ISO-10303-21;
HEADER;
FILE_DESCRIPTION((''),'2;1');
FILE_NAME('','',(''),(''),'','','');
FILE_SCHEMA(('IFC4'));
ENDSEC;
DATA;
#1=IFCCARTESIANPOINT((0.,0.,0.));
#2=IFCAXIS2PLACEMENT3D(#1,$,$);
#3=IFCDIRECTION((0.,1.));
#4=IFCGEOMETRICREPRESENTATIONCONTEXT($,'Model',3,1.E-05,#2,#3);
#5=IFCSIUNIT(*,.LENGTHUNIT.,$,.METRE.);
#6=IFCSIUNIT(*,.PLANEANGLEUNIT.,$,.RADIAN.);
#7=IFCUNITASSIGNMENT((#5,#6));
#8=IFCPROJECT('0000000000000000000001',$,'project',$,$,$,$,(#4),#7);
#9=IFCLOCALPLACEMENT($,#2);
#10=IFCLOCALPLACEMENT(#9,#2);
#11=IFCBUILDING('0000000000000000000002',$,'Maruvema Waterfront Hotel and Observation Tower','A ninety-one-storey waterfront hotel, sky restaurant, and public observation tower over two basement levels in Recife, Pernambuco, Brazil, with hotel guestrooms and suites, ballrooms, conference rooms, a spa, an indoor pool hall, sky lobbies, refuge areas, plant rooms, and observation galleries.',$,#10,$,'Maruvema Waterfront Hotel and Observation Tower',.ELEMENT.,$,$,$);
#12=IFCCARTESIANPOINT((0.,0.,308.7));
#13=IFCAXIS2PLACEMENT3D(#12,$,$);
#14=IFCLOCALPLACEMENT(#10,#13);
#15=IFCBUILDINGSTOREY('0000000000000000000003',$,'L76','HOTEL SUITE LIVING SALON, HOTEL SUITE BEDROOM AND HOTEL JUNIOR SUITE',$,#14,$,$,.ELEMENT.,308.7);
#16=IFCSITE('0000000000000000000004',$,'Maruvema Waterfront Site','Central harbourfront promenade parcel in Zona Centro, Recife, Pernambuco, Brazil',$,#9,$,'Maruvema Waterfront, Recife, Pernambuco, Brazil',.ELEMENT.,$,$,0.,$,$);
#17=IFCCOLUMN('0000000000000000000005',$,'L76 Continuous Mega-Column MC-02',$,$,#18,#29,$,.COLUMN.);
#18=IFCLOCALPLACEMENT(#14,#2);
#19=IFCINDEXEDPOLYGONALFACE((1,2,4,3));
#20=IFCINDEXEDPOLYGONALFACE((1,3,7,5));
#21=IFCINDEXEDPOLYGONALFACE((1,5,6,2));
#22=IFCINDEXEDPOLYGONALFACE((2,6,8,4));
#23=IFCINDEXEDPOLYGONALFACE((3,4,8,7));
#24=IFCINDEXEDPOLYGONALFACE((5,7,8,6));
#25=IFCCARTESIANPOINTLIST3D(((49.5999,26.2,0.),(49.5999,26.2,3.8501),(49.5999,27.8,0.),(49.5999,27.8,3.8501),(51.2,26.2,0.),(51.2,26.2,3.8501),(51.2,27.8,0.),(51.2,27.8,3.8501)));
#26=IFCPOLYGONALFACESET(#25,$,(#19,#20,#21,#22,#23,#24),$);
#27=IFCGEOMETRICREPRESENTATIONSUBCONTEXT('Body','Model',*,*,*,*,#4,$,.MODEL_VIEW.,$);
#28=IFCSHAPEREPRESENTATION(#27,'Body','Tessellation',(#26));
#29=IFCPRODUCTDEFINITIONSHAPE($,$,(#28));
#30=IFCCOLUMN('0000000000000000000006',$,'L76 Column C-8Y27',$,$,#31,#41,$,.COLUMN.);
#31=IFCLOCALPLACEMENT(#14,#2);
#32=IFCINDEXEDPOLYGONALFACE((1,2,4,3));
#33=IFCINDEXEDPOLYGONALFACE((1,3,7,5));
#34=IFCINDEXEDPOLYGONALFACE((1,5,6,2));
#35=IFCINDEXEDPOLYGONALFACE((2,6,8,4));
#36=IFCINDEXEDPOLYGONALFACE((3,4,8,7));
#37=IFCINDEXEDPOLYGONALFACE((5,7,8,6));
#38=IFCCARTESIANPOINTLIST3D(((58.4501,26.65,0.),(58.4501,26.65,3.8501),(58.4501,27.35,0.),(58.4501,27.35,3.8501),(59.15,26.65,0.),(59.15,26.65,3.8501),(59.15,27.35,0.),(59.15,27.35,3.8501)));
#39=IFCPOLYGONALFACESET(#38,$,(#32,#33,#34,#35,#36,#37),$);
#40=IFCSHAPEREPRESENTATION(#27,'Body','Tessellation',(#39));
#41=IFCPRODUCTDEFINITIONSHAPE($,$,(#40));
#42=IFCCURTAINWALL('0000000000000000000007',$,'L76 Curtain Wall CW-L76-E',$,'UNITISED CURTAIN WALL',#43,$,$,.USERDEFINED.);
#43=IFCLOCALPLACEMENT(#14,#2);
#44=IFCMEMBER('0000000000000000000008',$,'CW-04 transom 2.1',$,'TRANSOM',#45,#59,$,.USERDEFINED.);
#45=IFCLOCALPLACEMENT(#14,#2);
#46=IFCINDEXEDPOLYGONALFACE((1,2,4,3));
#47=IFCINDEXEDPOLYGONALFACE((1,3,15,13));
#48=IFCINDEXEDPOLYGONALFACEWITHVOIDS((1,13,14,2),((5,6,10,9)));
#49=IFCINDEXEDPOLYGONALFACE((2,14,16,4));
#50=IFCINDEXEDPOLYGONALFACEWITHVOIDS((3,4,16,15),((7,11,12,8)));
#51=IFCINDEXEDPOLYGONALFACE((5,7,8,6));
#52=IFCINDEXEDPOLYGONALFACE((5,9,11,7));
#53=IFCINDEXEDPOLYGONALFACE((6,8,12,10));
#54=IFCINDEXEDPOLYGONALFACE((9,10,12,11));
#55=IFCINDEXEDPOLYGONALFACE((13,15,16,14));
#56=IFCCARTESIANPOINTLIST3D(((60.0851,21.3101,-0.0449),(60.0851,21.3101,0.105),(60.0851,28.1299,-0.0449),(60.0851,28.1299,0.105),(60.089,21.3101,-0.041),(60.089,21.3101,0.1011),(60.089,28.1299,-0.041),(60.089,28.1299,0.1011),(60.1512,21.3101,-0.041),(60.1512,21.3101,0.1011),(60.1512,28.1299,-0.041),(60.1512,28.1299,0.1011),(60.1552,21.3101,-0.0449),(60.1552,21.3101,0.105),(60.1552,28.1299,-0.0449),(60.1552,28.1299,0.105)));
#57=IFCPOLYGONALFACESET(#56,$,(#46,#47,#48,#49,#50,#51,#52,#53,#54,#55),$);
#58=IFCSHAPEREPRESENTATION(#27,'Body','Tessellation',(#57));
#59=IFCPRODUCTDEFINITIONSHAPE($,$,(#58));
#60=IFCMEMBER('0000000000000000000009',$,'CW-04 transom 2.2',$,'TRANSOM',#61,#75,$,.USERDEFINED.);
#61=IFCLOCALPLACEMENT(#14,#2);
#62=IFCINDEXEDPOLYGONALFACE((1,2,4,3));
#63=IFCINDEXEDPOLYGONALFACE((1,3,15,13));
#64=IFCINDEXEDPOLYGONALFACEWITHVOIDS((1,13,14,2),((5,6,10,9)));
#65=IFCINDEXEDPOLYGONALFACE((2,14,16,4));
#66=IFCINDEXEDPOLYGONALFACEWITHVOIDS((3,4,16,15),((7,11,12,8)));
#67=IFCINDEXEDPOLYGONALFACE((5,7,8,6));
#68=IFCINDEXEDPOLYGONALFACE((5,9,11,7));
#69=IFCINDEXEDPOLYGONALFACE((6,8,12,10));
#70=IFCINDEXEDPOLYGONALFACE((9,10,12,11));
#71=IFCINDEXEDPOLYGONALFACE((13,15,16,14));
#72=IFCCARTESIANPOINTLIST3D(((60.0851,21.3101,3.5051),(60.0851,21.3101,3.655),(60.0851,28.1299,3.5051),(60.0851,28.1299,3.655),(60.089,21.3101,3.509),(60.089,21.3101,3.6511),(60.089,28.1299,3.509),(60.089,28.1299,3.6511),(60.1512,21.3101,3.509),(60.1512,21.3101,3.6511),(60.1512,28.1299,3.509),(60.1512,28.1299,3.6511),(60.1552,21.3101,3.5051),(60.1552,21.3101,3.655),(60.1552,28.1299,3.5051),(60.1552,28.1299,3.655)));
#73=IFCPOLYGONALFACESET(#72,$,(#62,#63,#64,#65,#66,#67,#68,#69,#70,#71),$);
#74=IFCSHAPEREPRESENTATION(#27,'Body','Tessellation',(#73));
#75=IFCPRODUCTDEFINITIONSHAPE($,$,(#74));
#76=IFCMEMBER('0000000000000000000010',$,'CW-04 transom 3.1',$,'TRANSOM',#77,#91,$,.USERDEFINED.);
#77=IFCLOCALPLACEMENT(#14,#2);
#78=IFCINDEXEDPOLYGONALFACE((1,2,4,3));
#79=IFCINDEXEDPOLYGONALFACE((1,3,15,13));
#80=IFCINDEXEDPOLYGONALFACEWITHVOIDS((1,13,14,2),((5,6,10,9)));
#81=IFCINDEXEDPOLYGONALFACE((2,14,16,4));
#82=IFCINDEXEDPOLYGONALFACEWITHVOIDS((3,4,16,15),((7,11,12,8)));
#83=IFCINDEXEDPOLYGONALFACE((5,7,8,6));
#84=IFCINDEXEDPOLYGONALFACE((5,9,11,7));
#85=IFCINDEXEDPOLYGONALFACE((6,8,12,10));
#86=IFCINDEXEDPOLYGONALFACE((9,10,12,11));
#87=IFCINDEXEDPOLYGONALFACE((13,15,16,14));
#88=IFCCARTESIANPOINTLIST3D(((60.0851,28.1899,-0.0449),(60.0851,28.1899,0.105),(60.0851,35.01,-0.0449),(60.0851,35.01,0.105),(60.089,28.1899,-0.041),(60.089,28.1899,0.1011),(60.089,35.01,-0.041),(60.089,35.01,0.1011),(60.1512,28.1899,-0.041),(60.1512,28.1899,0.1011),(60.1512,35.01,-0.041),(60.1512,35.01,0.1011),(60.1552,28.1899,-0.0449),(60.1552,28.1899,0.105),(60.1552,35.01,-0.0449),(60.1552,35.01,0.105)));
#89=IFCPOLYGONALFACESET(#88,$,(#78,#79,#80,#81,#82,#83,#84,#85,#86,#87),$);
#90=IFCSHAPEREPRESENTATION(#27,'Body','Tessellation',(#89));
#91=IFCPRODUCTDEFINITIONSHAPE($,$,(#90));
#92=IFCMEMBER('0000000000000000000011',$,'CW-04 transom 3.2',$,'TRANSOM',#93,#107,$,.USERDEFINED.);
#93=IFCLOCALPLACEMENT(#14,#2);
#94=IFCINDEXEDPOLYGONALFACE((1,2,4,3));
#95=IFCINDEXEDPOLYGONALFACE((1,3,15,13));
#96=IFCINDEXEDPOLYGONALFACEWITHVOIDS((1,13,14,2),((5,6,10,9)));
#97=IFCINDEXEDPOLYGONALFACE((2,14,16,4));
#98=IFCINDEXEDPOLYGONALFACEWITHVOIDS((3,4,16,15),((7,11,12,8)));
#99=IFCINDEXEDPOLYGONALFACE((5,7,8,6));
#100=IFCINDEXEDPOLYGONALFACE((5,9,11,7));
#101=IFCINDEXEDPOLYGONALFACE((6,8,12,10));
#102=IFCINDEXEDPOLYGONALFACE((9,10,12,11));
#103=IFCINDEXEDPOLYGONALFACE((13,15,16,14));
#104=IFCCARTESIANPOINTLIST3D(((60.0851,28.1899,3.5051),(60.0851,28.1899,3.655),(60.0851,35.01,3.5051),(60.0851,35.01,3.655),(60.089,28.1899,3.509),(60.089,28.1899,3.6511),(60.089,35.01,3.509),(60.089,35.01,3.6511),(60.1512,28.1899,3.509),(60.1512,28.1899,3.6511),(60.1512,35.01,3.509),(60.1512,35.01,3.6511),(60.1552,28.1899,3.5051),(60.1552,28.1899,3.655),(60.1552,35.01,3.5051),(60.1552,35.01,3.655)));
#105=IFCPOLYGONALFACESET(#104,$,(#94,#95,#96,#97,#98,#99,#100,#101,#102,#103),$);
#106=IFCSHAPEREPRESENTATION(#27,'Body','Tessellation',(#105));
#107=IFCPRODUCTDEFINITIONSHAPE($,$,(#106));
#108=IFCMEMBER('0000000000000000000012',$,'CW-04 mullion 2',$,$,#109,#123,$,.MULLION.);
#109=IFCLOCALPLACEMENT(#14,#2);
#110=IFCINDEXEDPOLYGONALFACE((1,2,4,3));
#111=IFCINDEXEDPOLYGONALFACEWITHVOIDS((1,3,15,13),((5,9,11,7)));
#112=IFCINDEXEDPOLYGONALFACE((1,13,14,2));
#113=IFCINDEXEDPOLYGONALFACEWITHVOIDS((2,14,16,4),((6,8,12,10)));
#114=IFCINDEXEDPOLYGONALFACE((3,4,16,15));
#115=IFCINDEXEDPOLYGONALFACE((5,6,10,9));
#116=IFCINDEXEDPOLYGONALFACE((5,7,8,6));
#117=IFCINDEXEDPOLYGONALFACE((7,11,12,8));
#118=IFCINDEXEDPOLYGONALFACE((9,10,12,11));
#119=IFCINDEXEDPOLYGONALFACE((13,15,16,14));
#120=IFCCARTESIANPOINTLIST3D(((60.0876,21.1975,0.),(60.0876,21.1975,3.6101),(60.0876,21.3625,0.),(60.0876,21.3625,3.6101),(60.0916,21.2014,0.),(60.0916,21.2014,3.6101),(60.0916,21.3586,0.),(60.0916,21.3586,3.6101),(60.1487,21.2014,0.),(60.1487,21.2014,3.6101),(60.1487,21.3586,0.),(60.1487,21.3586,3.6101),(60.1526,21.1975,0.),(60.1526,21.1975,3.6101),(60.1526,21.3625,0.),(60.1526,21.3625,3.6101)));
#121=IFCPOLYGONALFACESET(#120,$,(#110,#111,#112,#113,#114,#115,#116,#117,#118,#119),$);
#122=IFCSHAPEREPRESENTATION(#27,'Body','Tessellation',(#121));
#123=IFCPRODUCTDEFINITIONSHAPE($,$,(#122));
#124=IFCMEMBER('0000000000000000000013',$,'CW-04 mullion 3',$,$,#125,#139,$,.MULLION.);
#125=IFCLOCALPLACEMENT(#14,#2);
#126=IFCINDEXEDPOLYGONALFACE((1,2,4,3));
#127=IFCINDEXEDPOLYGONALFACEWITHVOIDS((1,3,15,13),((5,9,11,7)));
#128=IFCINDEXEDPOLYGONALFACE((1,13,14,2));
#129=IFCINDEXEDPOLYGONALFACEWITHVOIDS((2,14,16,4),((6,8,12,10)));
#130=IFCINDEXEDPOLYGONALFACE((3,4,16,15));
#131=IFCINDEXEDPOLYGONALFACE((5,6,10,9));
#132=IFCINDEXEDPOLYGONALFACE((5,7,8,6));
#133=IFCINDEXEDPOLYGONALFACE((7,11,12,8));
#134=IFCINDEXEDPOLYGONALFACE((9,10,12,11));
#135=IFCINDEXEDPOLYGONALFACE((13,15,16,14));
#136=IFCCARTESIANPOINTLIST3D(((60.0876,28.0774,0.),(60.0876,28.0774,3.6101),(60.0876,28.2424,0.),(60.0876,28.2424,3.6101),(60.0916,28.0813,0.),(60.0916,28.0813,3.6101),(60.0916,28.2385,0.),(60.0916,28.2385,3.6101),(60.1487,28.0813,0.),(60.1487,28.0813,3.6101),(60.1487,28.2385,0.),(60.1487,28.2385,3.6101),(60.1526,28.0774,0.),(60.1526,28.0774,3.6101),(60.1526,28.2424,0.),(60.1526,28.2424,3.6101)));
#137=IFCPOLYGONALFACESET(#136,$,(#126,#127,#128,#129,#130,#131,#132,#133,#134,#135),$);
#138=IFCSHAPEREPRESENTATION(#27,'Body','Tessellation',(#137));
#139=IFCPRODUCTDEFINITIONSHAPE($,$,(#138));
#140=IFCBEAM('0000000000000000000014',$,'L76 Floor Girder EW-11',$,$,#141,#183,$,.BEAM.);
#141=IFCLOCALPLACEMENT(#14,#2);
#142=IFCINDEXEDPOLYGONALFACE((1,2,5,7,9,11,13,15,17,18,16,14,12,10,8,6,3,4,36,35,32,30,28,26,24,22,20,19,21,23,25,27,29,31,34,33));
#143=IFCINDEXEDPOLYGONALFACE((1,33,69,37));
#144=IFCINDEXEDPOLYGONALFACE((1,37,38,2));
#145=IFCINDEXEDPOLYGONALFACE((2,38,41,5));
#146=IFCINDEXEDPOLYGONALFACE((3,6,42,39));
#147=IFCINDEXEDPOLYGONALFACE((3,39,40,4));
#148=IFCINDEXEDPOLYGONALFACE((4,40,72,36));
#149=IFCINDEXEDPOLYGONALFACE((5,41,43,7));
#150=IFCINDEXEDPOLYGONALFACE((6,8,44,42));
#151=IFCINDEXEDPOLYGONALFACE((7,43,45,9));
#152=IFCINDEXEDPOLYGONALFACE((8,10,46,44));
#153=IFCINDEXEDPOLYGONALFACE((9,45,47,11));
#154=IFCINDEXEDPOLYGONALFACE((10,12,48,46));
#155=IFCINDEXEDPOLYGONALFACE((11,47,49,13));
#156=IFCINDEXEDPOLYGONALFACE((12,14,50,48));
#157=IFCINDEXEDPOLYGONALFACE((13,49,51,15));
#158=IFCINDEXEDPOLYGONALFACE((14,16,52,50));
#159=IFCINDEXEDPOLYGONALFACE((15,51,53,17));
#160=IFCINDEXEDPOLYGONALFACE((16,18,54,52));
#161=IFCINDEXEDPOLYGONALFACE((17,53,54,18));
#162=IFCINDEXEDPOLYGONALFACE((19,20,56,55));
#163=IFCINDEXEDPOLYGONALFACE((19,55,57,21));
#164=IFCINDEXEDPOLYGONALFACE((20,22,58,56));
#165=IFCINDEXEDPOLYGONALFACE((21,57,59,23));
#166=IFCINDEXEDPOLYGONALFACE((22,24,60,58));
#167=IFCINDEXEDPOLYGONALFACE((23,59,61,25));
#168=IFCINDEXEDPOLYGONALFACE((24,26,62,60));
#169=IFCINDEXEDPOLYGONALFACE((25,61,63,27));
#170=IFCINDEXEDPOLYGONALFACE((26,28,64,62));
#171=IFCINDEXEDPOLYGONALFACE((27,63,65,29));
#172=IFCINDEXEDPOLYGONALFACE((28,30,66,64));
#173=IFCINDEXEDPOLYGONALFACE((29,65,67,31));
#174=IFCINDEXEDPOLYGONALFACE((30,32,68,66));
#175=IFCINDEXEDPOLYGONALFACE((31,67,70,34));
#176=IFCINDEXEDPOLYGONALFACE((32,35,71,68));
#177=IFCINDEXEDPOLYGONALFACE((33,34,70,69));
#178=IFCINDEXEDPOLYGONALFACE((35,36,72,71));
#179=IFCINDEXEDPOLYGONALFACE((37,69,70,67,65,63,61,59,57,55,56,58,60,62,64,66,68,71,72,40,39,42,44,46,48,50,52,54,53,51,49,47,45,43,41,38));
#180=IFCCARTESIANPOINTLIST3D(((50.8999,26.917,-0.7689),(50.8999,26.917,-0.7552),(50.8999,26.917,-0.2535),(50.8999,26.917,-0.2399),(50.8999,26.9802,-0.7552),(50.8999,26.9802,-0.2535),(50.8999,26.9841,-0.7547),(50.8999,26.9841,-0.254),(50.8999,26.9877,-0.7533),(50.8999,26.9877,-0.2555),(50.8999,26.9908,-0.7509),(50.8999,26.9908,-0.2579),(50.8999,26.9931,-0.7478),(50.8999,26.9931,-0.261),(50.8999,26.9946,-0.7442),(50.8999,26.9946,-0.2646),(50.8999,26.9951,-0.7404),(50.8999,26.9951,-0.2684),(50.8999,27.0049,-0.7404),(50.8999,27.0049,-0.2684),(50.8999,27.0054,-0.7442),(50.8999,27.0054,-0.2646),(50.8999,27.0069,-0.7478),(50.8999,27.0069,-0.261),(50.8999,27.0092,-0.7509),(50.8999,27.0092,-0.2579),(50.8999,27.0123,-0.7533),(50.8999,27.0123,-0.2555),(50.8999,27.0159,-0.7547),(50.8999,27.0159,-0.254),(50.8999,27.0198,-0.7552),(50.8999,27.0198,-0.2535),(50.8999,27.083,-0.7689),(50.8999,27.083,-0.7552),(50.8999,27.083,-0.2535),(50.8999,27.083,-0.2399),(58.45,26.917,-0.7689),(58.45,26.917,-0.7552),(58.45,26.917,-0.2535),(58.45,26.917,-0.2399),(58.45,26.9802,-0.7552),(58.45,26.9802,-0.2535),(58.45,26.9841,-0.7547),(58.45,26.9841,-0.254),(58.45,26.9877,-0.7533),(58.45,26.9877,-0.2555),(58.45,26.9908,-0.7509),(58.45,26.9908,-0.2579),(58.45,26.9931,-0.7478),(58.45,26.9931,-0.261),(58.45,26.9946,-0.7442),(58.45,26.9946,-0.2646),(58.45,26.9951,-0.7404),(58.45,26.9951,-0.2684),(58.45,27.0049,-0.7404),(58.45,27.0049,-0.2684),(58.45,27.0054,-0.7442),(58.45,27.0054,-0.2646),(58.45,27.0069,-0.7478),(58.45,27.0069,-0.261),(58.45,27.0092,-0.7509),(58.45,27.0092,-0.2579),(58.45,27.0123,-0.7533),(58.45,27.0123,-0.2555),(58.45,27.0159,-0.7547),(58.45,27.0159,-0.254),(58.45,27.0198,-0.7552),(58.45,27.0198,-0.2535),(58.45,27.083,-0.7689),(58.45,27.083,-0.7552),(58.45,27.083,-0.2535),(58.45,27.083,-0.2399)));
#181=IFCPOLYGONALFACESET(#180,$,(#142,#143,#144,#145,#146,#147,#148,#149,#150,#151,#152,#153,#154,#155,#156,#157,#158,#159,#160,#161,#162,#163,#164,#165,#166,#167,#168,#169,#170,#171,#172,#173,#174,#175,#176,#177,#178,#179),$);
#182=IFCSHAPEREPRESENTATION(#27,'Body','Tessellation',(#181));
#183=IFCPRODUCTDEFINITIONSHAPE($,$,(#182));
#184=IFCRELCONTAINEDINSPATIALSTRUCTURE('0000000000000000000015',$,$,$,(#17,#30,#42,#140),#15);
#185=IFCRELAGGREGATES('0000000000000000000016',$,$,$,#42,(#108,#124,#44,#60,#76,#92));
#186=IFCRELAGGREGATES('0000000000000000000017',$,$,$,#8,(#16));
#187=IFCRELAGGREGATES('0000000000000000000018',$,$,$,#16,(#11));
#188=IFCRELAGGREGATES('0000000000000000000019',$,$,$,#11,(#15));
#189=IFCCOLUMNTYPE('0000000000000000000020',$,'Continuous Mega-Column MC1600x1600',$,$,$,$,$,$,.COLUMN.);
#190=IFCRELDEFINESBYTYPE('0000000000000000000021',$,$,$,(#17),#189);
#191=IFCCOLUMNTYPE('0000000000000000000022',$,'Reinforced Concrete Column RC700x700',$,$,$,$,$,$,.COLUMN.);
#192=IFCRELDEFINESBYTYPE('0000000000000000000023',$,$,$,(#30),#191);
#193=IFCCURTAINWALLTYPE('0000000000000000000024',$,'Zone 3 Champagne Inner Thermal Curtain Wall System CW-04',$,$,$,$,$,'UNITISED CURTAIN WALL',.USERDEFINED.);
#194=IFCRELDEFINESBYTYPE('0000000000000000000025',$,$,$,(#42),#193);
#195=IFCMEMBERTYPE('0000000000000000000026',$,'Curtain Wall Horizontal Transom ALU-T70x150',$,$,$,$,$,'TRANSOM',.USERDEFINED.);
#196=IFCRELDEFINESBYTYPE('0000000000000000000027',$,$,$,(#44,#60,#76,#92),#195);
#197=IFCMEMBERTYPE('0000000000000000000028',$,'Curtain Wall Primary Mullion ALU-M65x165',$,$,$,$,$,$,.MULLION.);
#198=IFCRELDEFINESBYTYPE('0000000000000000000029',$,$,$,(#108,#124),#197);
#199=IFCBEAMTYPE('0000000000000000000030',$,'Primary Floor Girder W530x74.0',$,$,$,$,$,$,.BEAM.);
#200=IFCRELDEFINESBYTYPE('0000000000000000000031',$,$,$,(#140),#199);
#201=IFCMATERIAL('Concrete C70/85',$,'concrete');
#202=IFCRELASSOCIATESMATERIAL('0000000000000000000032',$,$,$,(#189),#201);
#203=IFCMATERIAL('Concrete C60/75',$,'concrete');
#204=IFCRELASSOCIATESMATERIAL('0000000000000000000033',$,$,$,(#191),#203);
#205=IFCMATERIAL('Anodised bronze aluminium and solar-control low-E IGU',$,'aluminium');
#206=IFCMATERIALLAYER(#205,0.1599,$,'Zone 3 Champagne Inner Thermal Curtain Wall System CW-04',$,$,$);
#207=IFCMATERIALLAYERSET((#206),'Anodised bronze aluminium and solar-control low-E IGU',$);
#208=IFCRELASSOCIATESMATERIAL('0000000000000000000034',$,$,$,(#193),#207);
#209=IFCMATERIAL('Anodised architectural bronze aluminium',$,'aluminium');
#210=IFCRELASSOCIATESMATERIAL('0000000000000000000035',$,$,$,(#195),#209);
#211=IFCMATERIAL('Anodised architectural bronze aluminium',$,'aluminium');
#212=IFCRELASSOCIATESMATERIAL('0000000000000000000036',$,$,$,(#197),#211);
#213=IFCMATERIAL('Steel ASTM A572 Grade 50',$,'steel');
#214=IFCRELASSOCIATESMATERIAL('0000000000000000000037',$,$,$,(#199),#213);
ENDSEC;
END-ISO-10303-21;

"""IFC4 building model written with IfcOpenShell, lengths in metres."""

from ifc_helpers import new_model, si_unit, direction, frame, origin, origin_2d, place, context, subcontext, project, spatial, rectangle, hollow_rectangle, i_section, extrude, material, layer, layer_set, material_profile, profile_set, type_object, element, aggregate, save


model = new_model("IFC4")

# Units and contexts
model_context = context("Model", 3, precision=1e-05, world=origin(), true_north=direction((0.0, 1.0)))
body_context = subcontext(model_context, "Body", "Model", "MODEL_VIEW")
ifc_project = project(units=[si_unit("LENGTHUNIT", "METRE"), si_unit("PLANEANGLEUNIT", "RADIAN")], contexts=[model_context])

# Site, building, storey
site_placement = place(None, origin())
site = spatial("IfcSite", under=ifc_project, at=site_placement, Name="Maruvema Waterfront Site", Description="Central harbourfront promenade parcel in Zona Centro, Recife, Pernambuco, Brazil", LongName="Maruvema Waterfront, Recife, Pernambuco, Brazil", CompositionType="ELEMENT", RefElevation=0.0)
building_placement = place(site_placement, origin())
building = spatial("IfcBuilding", under=site, at=building_placement, Name="Maruvema Waterfront Hotel and Observation Tower", Description="A ninety-one-storey waterfront hotel, sky restaurant, and public observation tower over two basement levels in Recife, Pernambuco, Brazil, with hotel guestrooms and suites, ballrooms, conference rooms, a spa, an indoor pool hall, sky lobbies, refuge areas, plant rooms, and observation galleries.", LongName="Maruvema Waterfront Hotel and Observation Tower", CompositionType="ELEMENT")
storey_placement = place(building_placement, frame((0.0, 0.0, 308.7)))
storey = spatial("IfcBuildingStorey", under=building, at=storey_placement, Name="L76", Description="HOTEL SUITE LIVING SALON, HOTEL SUITE BEDROOM AND HOTEL JUNIOR SUITE", CompositionType="ELEMENT", Elevation=308.7)

# Columns
ifc_material_1 = material(Name="Concrete C70/85", Category="concrete")
ifc_material_profile_1 = material_profile(ifc_material_1, rectangle(XDim=1.6001, YDim=1.6001, at=origin_2d()), Name="MC1600x1600")
ifc_profile_set_1 = profile_set([ifc_material_profile_1], Name="Concrete C70/85")
column_type_1 = type_object("IfcColumnType", Name="Continuous Mega-Column MC1600x1600", PredefinedType="COLUMN", material=ifc_profile_set_1)
column_1_placement = place(storey_placement, frame((50.3999, 27.0, 0.0), z_axis=(0.0, 0.0, 1.0), x_axis=(1.0, 0.0, 0.0)))
element("IfcColumn", 1, at=column_1_placement, inside=storey, type_object=column_type_1, Name="L76 Continuous Mega-Column MC-02", PredefinedType="COLUMN", context=body_context, shape_type="SweptSolid", body=[
    extrude(rectangle(XDim=1.6001, YDim=1.6001, at=origin_2d()), origin(), (0.0, 0.0, 1.0), 3.8501),
])
ifc_material_2 = material(Name="Concrete C60/75", Category="concrete")
ifc_material_profile_2 = material_profile(ifc_material_2, rectangle(XDim=0.7, YDim=0.7, at=origin_2d()), Name="RC700x700")
ifc_profile_set_2 = profile_set([ifc_material_profile_2], Name="Concrete C60/75")
column_type_2 = type_object("IfcColumnType", Name="Reinforced Concrete Column RC700x700", PredefinedType="COLUMN", material=ifc_profile_set_2)
column_2_placement = place(storey_placement, frame((58.8, 27.0, 0.0), z_axis=(0.0, 0.0, 1.0), x_axis=(1.0, 0.0, 0.0)))
element("IfcColumn", 2, at=column_2_placement, inside=storey, type_object=column_type_2, Name="L76 Column C-8Y27", PredefinedType="COLUMN", context=body_context, shape_type="SweptSolid", body=[
    extrude(rectangle(XDim=0.7, YDim=0.7, at=origin_2d()), origin(), (0.0, 0.0, 1.0), 3.8501),
])

# Curtain wall, members
ifc_material_3 = material(Name="Anodised bronze aluminium and solar-control low-E IGU", Category="aluminium")
ifc_layer_1 = layer(ifc_material_3, 0.1599, Name="Zone 3 Champagne Inner Thermal Curtain Wall System CW-04")
ifc_layer_set_1 = layer_set([ifc_layer_1], Name="Anodised bronze aluminium and solar-control low-E IGU")
curtain_wall_type = type_object("IfcCurtainWallType", Name="Zone 3 Champagne Inner Thermal Curtain Wall System CW-04", ElementType="UNITISED CURTAIN WALL", PredefinedType="USERDEFINED", material=ifc_layer_set_1)
curtain_wall_placement = place(storey_placement, origin())
curtain_wall = element("IfcCurtainWall", 3, at=curtain_wall_placement, inside=storey, type_object=curtain_wall_type, Name="L76 Curtain Wall CW-L76-E", ObjectType="UNITISED CURTAIN WALL", PredefinedType="USERDEFINED")
ifc_material_4 = material(Name="Anodised architectural bronze aluminium", Category="aluminium")
ifc_material_profile_3 = material_profile(ifc_material_4, hollow_rectangle(XDim=0.0701, YDim=0.1499, WallThickness=0.0039, at=origin_2d()), Name="ALU-T70x150")
ifc_profile_set_3 = profile_set([ifc_material_profile_3], Name="Anodised architectural bronze aluminium")
member_type_1 = type_object("IfcMemberType", Name="Curtain Wall Horizontal Transom ALU-T70x150", ElementType="TRANSOM", PredefinedType="USERDEFINED", material=ifc_profile_set_3)
member_1_placement = place(storey_placement, frame((60.1201, 21.3101, 0.03), z_axis=(0.0, 1.0, 0.0), x_axis=(-1.0, 0.0, 0.0)))
member_1 = element("IfcMember", 4, at=member_1_placement, type_object=member_type_1, Name="CW-04 transom 2.1", ObjectType="TRANSOM", PredefinedType="USERDEFINED", context=body_context, shape_type="SweptSolid", body=[
    extrude(hollow_rectangle(XDim=0.0701, YDim=0.1499, WallThickness=0.0039, at=origin_2d()), origin(), (0.0, 0.0, 1.0), 6.8198),
])
member_2_placement = place(storey_placement, frame((60.1201, 21.3101, 3.5801), z_axis=(0.0, 1.0, 0.0), x_axis=(-1.0, 0.0, 0.0)))
member_2 = element("IfcMember", 5, at=member_2_placement, type_object=member_type_1, Name="CW-04 transom 2.2", ObjectType="TRANSOM", PredefinedType="USERDEFINED", context=body_context, shape_type="SweptSolid", body=[
    extrude(hollow_rectangle(XDim=0.0701, YDim=0.1499, WallThickness=0.0039, at=origin_2d()), origin(), (0.0, 0.0, 1.0), 6.8198),
])
member_3_placement = place(storey_placement, frame((60.1201, 28.1899, 0.03), z_axis=(0.0, 1.0, 0.0), x_axis=(-1.0, 0.0, 0.0)))
member_3 = element("IfcMember", 6, at=member_3_placement, type_object=member_type_1, Name="CW-04 transom 3.1", ObjectType="TRANSOM", PredefinedType="USERDEFINED", context=body_context, shape_type="SweptSolid", body=[
    extrude(hollow_rectangle(XDim=0.0701, YDim=0.1499, WallThickness=0.0039, at=origin_2d()), origin(), (0.0, 0.0, 1.0), 6.8201),
])
member_4_placement = place(storey_placement, frame((60.1201, 28.1899, 3.5801), z_axis=(0.0, 1.0, 0.0), x_axis=(-1.0, 0.0, 0.0)))
member_4 = element("IfcMember", 7, at=member_4_placement, type_object=member_type_1, Name="CW-04 transom 3.2", ObjectType="TRANSOM", PredefinedType="USERDEFINED", context=body_context, shape_type="SweptSolid", body=[
    extrude(hollow_rectangle(XDim=0.0701, YDim=0.1499, WallThickness=0.0039, at=origin_2d()), origin(), (0.0, 0.0, 1.0), 6.8201),
])
ifc_material_5 = material(Name="Anodised architectural bronze aluminium", Category="aluminium")
ifc_material_profile_4 = material_profile(ifc_material_5, hollow_rectangle(XDim=0.0649, YDim=0.165, WallThickness=0.0039, at=origin_2d()), Name="ALU-M65x165")
ifc_profile_set_4 = profile_set([ifc_material_profile_4], Name="Anodised architectural bronze aluminium")
member_type_2 = type_object("IfcMemberType", Name="Curtain Wall Primary Mullion ALU-M65x165", PredefinedType="MULLION", material=ifc_profile_set_4)
member_5_placement = place(storey_placement, frame((60.1201, 21.28, 0.0), z_axis=(0.0, 0.0, 1.0), x_axis=(-1.0, 0.0, 0.0)))
member_5 = element("IfcMember", 8, at=member_5_placement, type_object=member_type_2, Name="CW-04 mullion 2", PredefinedType="MULLION", context=body_context, shape_type="SweptSolid", body=[
    extrude(hollow_rectangle(XDim=0.0649, YDim=0.165, WallThickness=0.0039, at=origin_2d()), origin(), (0.0, 0.0, 1.0), 3.6101),
])
member_6_placement = place(storey_placement, frame((60.1201, 28.1599, 0.0), z_axis=(0.0, 0.0, 1.0), x_axis=(-1.0, 0.0, 0.0)))
member_6 = element("IfcMember", 9, at=member_6_placement, type_object=member_type_2, Name="CW-04 mullion 3", PredefinedType="MULLION", context=body_context, shape_type="SweptSolid", body=[
    extrude(hollow_rectangle(XDim=0.0649, YDim=0.165, WallThickness=0.0039, at=origin_2d()), origin(), (0.0, 0.0, 1.0), 3.6101),
])

# Beam
ifc_material_6 = material(Name="Steel ASTM A572 Grade 50", Category="steel")
ifc_material_profile_5 = material_profile(ifc_material_6, i_section(OverallWidth=0.166, OverallDepth=0.5291, WebThickness=0.0098, FlangeThickness=0.0137, FilletRadius=0.0149, at=origin_2d()), Name="W530x74.0")
ifc_profile_set_5 = profile_set([ifc_material_profile_5], Name="Steel ASTM A572 Grade 50")
beam_type_1 = type_object("IfcBeamType", Name="Primary Floor Girder W530x74.0", PredefinedType="BEAM", material=ifc_profile_set_5)
beam_1_placement = place(storey_placement, frame((50.8999, 27.0, -0.5044), z_axis=(1.0, 0.0, 0.0), x_axis=(0.0, 1.0, 0.0)))
element("IfcBeam", 10, at=beam_1_placement, inside=storey, type_object=beam_type_1, Name="L76 Floor Girder EW-11", PredefinedType="BEAM", context=body_context, shape_type="SweptSolid", body=[
    extrude(i_section(OverallWidth=0.166, OverallDepth=0.5291, WebThickness=0.0098, FlangeThickness=0.0137, FilletRadius=0.0149, at=origin_2d()), origin(), (0.0, 0.0, 1.0), 7.55),
])

aggregate(curtain_wall, [member_5, member_6, member_1, member_2, member_3, member_4])

save(model, "model.ifc")
